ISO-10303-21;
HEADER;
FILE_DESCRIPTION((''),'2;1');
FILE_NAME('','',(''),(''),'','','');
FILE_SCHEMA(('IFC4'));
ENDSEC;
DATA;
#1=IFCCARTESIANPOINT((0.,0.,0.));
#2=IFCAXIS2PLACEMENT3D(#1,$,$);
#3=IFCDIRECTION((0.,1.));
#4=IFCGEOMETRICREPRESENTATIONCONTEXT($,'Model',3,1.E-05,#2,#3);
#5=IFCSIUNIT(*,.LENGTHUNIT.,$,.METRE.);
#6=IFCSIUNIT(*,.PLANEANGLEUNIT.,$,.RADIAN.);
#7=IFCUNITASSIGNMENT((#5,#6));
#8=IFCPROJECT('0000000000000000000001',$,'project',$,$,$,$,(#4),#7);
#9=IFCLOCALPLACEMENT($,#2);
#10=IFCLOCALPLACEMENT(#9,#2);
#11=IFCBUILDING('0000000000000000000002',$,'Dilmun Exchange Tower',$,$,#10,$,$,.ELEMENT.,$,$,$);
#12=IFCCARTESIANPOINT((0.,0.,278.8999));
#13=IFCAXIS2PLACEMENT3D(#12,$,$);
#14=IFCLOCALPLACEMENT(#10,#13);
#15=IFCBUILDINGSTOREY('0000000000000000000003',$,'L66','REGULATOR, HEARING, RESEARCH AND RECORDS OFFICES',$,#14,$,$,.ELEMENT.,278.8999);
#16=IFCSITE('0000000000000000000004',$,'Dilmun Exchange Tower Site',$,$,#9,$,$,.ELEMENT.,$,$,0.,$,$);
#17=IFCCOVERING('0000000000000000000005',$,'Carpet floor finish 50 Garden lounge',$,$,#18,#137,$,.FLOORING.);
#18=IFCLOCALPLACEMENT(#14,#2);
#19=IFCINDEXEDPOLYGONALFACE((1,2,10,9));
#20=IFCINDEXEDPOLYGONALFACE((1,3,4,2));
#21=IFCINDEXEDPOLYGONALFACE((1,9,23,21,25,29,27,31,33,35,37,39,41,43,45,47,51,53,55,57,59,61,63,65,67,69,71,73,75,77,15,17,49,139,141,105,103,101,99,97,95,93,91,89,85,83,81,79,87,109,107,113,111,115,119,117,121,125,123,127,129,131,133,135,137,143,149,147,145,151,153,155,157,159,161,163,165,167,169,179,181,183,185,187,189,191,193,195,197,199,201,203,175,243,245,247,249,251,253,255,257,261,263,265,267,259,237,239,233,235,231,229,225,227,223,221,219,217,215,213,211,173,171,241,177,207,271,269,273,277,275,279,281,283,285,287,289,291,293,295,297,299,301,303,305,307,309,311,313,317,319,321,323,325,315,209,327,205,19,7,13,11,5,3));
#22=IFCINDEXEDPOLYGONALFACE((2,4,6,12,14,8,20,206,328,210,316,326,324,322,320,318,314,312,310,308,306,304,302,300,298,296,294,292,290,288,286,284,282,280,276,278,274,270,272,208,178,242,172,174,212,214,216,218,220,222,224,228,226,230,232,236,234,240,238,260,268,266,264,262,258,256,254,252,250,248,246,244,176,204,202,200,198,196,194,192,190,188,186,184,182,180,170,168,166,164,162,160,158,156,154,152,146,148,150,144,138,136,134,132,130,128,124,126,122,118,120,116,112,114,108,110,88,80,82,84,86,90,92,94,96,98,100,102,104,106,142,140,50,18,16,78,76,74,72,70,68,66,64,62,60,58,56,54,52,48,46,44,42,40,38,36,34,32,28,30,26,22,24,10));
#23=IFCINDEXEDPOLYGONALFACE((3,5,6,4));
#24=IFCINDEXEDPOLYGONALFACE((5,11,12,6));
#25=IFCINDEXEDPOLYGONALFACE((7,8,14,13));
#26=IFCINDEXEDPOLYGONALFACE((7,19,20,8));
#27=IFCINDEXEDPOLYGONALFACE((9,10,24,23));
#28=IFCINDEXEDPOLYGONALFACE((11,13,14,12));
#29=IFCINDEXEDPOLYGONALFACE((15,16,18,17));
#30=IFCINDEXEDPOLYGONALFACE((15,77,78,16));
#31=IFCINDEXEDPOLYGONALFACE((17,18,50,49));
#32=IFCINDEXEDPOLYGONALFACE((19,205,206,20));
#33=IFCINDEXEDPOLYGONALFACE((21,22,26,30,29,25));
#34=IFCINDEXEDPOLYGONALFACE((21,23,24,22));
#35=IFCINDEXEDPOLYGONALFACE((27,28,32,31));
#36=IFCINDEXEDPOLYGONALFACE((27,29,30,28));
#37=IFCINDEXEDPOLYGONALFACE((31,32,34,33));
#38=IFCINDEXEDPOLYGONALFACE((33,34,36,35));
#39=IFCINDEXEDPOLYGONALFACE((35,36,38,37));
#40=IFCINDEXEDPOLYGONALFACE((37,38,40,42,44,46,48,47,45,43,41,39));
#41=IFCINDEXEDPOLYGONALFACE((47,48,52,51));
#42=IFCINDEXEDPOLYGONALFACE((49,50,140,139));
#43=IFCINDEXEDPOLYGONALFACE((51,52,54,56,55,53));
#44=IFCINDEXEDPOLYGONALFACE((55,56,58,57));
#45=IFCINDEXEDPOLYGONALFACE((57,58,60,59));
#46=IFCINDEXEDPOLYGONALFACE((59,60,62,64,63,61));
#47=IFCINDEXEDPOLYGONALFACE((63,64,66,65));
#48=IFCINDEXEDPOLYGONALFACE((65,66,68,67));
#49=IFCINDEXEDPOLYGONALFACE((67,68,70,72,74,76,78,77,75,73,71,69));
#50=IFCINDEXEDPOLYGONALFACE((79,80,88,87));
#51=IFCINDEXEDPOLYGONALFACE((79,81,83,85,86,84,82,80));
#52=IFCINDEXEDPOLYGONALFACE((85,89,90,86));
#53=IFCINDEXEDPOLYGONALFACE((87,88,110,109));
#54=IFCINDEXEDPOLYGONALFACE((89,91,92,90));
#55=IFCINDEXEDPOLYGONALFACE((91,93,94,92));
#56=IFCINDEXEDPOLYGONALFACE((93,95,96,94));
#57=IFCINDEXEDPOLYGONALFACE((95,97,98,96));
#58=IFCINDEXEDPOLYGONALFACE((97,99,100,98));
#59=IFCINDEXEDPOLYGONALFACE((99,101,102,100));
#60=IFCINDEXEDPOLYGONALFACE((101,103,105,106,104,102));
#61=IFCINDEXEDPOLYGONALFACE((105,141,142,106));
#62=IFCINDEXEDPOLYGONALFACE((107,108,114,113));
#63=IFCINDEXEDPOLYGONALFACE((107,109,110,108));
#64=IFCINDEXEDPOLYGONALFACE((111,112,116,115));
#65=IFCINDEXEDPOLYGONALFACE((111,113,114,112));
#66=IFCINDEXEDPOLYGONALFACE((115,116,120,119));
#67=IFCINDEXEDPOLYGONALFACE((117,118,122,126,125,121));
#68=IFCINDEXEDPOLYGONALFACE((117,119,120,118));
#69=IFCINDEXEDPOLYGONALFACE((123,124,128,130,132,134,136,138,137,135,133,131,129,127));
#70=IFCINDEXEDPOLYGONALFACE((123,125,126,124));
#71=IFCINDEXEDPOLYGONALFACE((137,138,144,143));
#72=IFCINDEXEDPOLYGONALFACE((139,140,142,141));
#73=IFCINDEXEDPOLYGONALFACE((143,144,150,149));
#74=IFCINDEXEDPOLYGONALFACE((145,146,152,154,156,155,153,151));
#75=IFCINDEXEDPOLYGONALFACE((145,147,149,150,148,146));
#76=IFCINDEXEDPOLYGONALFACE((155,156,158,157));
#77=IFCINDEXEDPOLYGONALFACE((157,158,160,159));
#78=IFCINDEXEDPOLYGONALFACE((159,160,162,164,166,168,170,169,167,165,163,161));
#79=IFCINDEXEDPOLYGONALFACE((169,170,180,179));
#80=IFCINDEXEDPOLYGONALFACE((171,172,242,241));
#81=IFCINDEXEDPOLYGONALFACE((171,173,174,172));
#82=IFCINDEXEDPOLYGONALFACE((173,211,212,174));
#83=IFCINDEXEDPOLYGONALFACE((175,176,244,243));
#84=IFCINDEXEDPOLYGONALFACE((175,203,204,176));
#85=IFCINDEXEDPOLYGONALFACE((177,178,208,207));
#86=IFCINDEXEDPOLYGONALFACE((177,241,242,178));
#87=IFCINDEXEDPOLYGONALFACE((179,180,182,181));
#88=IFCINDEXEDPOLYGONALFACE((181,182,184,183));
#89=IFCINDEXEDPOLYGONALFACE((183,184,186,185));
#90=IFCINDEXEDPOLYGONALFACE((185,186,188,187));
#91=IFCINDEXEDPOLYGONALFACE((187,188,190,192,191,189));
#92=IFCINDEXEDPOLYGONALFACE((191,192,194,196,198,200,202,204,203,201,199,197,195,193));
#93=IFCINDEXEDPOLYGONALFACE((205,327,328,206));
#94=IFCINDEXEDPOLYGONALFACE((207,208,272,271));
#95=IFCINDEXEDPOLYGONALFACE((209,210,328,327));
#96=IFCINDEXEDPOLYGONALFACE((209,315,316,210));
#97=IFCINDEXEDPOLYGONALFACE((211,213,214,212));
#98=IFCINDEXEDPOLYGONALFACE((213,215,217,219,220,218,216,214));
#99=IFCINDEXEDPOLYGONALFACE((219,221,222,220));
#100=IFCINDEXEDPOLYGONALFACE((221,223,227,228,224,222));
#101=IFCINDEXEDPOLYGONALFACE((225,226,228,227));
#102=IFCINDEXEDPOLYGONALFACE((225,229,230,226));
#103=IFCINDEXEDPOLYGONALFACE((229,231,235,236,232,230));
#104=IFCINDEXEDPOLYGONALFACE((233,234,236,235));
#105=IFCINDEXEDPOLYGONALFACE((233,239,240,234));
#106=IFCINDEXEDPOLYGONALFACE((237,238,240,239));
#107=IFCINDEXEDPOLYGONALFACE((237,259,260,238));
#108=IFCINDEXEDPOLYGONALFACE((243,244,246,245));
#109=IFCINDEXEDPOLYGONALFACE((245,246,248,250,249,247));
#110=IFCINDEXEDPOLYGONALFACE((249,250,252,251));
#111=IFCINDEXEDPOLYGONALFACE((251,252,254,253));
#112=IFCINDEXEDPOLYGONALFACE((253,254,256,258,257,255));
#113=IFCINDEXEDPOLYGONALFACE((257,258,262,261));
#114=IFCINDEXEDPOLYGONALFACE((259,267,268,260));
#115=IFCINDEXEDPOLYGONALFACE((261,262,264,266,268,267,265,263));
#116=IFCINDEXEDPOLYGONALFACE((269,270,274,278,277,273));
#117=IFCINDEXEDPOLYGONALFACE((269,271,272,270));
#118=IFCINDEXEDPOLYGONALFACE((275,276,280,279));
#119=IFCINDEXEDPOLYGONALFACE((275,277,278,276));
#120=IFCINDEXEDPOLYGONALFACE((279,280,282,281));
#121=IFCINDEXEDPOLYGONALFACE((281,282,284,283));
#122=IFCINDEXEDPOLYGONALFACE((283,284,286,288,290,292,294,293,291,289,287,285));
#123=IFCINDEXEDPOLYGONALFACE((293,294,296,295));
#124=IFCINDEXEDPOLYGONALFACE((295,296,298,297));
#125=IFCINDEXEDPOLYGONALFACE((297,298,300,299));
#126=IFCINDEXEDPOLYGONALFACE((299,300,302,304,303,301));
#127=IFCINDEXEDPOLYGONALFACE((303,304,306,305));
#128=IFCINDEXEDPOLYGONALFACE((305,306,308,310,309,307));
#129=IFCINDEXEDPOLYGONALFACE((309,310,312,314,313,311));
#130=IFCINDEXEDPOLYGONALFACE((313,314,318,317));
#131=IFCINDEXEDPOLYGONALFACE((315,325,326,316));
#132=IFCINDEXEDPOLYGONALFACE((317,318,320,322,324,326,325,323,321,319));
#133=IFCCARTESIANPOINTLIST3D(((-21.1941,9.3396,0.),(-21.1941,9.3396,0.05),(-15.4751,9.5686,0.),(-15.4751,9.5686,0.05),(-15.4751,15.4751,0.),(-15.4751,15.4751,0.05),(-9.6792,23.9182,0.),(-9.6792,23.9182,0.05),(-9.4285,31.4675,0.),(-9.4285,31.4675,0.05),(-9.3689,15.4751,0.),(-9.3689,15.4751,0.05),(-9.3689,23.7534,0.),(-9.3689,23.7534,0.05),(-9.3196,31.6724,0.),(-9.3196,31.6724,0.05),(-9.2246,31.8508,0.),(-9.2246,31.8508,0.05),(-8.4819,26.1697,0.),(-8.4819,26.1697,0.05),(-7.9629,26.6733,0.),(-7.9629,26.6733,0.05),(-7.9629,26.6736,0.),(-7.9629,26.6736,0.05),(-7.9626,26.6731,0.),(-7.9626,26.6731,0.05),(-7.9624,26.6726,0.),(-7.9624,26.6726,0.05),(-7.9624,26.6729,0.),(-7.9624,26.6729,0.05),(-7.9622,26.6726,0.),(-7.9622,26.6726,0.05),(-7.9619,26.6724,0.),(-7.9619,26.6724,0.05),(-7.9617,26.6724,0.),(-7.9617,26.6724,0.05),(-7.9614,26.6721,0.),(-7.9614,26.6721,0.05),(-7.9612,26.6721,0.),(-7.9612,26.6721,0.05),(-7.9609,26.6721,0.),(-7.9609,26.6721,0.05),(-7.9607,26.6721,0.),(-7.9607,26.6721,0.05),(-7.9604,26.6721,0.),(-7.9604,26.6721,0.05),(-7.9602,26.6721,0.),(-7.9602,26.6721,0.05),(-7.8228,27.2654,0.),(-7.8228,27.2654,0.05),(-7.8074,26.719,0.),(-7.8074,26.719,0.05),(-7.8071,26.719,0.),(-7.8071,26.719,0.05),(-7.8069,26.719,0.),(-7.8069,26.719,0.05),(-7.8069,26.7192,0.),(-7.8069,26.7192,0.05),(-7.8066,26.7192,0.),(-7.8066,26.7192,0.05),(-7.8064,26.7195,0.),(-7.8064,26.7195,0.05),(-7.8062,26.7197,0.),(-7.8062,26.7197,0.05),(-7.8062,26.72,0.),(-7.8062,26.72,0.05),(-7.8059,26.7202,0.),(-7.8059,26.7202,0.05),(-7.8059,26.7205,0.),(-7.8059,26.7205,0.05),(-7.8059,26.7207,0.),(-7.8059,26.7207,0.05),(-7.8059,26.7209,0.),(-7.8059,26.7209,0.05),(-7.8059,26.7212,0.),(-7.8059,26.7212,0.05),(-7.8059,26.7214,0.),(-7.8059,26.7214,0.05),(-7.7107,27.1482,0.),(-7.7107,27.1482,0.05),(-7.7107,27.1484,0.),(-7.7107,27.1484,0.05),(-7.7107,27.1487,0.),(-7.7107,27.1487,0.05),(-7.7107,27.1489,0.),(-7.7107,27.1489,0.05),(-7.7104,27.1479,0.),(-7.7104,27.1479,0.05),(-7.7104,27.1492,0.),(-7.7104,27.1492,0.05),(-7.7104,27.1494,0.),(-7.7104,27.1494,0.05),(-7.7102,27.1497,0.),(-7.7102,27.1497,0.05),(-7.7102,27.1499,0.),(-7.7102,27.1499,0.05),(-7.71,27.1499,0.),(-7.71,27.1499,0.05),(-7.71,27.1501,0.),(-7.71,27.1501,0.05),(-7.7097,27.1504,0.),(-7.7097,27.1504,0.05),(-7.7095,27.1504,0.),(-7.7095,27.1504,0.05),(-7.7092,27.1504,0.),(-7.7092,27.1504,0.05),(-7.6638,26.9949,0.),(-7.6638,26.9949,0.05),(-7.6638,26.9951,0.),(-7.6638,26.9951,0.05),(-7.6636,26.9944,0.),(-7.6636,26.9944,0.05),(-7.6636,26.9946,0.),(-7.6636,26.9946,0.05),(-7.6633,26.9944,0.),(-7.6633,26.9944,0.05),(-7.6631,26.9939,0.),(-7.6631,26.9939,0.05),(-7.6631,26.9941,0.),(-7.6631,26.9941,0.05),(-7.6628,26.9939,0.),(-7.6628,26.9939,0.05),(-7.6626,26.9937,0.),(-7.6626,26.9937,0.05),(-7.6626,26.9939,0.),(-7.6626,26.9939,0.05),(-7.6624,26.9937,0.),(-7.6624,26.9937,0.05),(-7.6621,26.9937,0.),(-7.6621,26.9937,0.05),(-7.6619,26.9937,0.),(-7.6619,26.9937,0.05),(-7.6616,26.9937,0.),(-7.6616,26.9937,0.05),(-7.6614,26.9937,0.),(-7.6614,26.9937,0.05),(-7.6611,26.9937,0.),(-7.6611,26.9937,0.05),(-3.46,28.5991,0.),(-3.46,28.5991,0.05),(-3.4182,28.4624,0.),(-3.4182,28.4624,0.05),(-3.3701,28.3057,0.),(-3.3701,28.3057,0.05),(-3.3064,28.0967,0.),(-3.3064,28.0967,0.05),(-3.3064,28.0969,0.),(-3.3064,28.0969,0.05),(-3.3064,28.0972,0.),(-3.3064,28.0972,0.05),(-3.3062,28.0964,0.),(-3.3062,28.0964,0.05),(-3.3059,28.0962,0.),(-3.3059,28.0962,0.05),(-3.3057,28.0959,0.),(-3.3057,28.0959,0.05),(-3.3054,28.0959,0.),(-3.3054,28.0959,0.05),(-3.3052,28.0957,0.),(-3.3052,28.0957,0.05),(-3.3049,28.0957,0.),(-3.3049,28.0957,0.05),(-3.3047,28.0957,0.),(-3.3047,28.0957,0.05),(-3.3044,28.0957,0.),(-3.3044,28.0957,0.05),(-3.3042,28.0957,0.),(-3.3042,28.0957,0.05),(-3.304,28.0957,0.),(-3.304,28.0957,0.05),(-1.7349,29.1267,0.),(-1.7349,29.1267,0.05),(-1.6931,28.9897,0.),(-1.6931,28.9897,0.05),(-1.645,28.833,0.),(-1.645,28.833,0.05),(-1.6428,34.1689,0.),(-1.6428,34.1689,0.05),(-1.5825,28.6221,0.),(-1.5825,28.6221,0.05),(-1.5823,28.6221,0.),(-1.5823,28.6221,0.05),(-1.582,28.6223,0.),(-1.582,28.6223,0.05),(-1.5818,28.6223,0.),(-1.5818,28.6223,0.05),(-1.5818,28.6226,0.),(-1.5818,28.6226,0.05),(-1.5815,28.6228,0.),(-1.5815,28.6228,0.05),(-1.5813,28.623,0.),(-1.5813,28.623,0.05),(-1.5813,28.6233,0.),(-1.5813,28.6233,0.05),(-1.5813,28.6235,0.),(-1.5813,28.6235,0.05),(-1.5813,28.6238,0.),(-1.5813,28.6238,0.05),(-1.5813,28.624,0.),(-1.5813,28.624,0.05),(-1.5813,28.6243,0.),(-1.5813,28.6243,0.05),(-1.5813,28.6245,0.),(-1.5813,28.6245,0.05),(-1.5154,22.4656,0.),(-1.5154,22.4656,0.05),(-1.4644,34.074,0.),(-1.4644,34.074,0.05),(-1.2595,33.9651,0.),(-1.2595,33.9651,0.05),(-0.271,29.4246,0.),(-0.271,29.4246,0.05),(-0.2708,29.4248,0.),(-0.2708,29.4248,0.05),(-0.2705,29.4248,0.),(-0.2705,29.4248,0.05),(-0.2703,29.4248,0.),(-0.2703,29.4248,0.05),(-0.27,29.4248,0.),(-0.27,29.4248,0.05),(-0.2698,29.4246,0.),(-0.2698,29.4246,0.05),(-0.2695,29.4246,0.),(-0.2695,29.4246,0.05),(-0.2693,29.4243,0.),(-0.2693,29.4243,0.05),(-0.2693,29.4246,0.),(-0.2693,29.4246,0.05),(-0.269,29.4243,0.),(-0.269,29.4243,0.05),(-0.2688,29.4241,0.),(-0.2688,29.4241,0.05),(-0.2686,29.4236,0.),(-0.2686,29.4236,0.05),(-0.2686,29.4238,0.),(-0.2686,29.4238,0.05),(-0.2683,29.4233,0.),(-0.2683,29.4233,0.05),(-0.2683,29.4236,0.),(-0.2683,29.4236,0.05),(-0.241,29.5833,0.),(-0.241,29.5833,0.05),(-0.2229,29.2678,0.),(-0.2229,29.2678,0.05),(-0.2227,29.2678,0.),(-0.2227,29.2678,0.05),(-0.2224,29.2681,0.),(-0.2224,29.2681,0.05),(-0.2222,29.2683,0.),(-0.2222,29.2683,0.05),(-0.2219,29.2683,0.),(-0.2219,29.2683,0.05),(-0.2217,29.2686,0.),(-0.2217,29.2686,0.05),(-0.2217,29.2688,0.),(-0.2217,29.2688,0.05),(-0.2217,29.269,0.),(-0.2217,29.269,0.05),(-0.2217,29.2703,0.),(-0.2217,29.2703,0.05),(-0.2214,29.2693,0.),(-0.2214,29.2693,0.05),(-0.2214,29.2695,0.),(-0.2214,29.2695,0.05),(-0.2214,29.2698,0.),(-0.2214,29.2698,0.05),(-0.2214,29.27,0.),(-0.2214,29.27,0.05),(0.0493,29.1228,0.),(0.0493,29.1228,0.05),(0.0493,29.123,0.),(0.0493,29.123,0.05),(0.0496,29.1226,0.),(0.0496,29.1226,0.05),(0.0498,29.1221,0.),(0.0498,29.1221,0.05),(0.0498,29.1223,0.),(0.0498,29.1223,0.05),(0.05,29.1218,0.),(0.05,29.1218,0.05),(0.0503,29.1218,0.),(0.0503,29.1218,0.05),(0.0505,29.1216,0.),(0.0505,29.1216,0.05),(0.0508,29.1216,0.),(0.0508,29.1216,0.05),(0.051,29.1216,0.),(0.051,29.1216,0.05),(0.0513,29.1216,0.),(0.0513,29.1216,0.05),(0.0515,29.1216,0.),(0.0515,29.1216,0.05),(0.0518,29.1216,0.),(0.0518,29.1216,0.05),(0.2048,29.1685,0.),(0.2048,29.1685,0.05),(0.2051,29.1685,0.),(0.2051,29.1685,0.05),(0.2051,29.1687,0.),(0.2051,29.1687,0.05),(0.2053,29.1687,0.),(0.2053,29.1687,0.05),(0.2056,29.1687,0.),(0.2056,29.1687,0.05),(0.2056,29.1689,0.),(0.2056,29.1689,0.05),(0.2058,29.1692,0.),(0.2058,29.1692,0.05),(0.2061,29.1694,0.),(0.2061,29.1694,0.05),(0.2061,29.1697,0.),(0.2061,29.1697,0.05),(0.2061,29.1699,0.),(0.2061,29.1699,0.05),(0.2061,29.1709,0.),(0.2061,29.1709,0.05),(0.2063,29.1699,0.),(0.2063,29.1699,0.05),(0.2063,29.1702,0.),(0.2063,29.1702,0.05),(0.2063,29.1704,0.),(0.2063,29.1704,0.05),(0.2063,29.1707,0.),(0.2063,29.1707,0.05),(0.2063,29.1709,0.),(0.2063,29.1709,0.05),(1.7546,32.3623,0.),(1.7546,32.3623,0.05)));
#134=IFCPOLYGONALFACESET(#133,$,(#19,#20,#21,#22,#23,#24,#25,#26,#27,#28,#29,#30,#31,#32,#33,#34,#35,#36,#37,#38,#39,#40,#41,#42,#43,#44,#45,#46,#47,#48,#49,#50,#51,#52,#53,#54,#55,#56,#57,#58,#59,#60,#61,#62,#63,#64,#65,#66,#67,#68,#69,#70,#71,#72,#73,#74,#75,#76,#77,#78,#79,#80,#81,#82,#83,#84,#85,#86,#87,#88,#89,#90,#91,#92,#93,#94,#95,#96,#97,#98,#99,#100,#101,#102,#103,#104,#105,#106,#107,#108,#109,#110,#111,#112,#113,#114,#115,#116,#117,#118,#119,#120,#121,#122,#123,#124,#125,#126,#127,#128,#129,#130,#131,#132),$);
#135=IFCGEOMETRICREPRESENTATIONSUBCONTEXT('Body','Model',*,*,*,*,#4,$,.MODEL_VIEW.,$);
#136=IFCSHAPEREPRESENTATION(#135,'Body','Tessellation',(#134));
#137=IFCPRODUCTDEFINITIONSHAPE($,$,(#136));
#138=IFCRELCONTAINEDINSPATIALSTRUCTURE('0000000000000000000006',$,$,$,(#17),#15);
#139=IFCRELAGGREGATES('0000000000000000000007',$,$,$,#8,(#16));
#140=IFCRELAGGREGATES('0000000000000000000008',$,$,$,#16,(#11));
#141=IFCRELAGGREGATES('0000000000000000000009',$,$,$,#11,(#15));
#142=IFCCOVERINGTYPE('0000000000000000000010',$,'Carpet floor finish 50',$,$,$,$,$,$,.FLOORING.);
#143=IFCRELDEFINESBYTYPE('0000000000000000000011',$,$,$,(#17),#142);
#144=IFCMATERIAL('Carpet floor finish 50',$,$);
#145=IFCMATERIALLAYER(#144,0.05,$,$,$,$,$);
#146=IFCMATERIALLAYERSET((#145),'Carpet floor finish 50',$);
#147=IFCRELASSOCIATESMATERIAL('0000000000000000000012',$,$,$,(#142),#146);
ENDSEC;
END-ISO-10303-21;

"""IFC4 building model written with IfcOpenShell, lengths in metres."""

from ifc_helpers import new_model, si_unit, direction, frame, origin, place, context, subcontext, project, spatial, polyline, outline, extrude, material, layer, layer_set, type_object, element, save


model = new_model("IFC4")

# Units and contexts
model_context = context("Model", 3, precision=1e-05, world=origin(), true_north=direction((0.0, 1.0)))
body_context = subcontext(model_context, "Body", "Model", "MODEL_VIEW")
ifc_project = project(units=[si_unit("LENGTHUNIT", "METRE"), si_unit("PLANEANGLEUNIT", "RADIAN")], contexts=[model_context])

# Site, building, storey
site_placement = place(None, origin())
site = spatial("IfcSite", under=ifc_project, at=site_placement, Name="Dilmun Exchange Tower Site", CompositionType="ELEMENT", RefElevation=0.0)
building_placement = place(site_placement, origin())
building = spatial("IfcBuilding", under=site, at=building_placement, Name="Dilmun Exchange Tower", CompositionType="ELEMENT")
storey_placement = place(building_placement, frame((0.0, 0.0, 278.8999)))
storey = spatial("IfcBuildingStorey", under=building, at=storey_placement, Name="L66", Description="REGULATOR, HEARING, RESEARCH AND RECORDS OFFICES", CompositionType="ELEMENT", Elevation=278.8999)

# Covering
ifc_material_1 = material(Name="Carpet floor finish 50")
ifc_layer_1 = layer(ifc_material_1, 0.05)
ifc_layer_set_1 = layer_set([ifc_layer_1], Name="Carpet floor finish 50")
covering_type_1 = type_object("IfcCoveringType", Name="Carpet floor finish 50", PredefinedType="FLOORING", material=ifc_layer_set_1)
covering_1_placement = place(storey_placement, origin())
element("IfcCovering", 1, at=covering_1_placement, inside=storey, type_object=covering_type_1, Name="Carpet floor finish 50 Garden lounge", PredefinedType="FLOORING", context=body_context, shape_type="SweptSolid", body=[
    extrude(outline(polyline([(-9.3689, 15.4751), (-15.4751, 15.4751), (-15.4751, 9.5686), (-21.1941, 9.3396), (-9.4285, 31.4675), (-7.9629, 26.6736), (-7.9629, 26.6733), (-7.9626, 26.6731), (-7.9626, 26.6731), (-7.9624, 26.6729), (-7.9624, 26.6726), (-7.9622, 26.6726), (-7.9619, 26.6724), (-7.9619, 26.6724), (-7.9617, 26.6724), (-7.9614, 26.6721), (-7.9612, 26.6721), (-7.9612, 26.6721), (-7.9609, 26.6721), (-7.9607, 26.6721), (-7.9604, 26.6721), (-7.9602, 26.6721), (-7.8074, 26.719), (-7.8071, 26.719), (-7.8069, 26.719), (-7.8069, 26.7192), (-7.8066, 26.7192), (-7.8064, 26.7195), (-7.8064, 26.7195), (-7.8062, 26.7197), (-7.8062, 26.72), (-7.8059, 26.7202), (-7.8059, 26.7202), (-7.8059, 26.7205), (-7.8059, 26.7207), (-7.8059, 26.7209), (-7.8059, 26.7212), (-7.8059, 26.7212), (-7.8059, 26.7214), (-9.3196, 31.6724), (-9.2246, 31.8508), (-7.8228, 27.2654), (-3.46, 28.5991), (-3.4182, 28.4624), (-7.7092, 27.1504), (-7.7095, 27.1504), (-7.7095, 27.1504), (-7.7097, 27.1504), (-7.71, 27.1501), (-7.71, 27.1499), (-7.7102, 27.1499), (-7.7102, 27.1497), (-7.7104, 27.1494), (-7.7104, 27.1494), (-7.7104, 27.1492), (-7.7107, 27.1489), (-7.7107, 27.1487), (-7.7107, 27.1487), (-7.7107, 27.1484), (-7.7107, 27.1482), (-7.7104, 27.1479), (-7.6638, 26.9951), (-7.6638, 26.9949), (-7.6636, 26.9946), (-7.6636, 26.9944), (-7.6633, 26.9944), (-7.6631, 26.9941), (-7.6631, 26.9939), (-7.6628, 26.9939), (-7.6626, 26.9939), (-7.6626, 26.9937), (-7.6624, 26.9937), (-7.6621, 26.9937), (-7.6621, 26.9937), (-7.6619, 26.9937), (-7.6616, 26.9937), (-7.6614, 26.9937), (-7.6611, 26.9937), (-3.3701, 28.3057), (-3.3064, 28.0972), (-3.3064, 28.0969), (-3.3064, 28.0967), (-3.3064, 28.0967), (-3.3062, 28.0964), (-3.3059, 28.0962), (-3.3059, 28.0962), (-3.3057, 28.0959), (-3.3054, 28.0959), (-3.3054, 28.0959), (-3.3052, 28.0957), (-3.3049, 28.0957), (-3.3047, 28.0957), (-3.3047, 28.0957), (-3.3044, 28.0957), (-3.3042, 28.0957), (-3.304, 28.0957), (-1.5825, 28.6221), (-1.5825, 28.6221), (-1.5823, 28.6221), (-1.582, 28.6223), (-1.5818, 28.6223), (-1.5818, 28.6226), (-1.5818, 28.6226), (-1.5815, 28.6228), (-1.5813, 28.623), (-1.5813, 28.623), (-1.5813, 28.6233), (-1.5813, 28.6235), (-1.5813, 28.6238), (-1.5813, 28.6238), (-1.5813, 28.624), (-1.5813, 28.6243), (-1.5813, 28.6245), (-1.645, 28.833), (-0.2229, 29.2678), (-0.2227, 29.2678), (-0.2227, 29.2678), (-0.2224, 29.2681), (-0.2222, 29.2683), (-0.2222, 29.2683), (-0.2219, 29.2683), (-0.2217, 29.2686), (-0.2217, 29.2688), (-0.2217, 29.2688), (-0.2217, 29.269), (-0.2214, 29.2693), (-0.2214, 29.2695), (-0.2214, 29.2698), (-0.2214, 29.27), (-0.2214, 29.27), (-0.2217, 29.2703), (-0.2683, 29.4233), (-0.2683, 29.4236), (-0.2686, 29.4236), (-0.2686, 29.4238), (-0.2688, 29.4241), (-0.2688, 29.4241), (-0.269, 29.4243), (-0.2693, 29.4243), (-0.2693, 29.4246), (-0.2695, 29.4246), (-0.2698, 29.4246), (-0.27, 29.4248), (-0.27, 29.4248), (-0.2703, 29.4248), (-0.2705, 29.4248), (-0.2708, 29.4248), (-0.271, 29.4246), (-1.6931, 28.9897), (-1.7349, 29.1267), (-0.241, 29.5833), (-1.6428, 34.1689), (-1.4644, 34.074), (0.0493, 29.123), (0.0493, 29.1228), (0.0493, 29.1228), (0.0496, 29.1226), (0.0498, 29.1223), (0.0498, 29.1223), (0.0498, 29.1221), (0.05, 29.1218), (0.0503, 29.1218), (0.0503, 29.1218), (0.0505, 29.1216), (0.0508, 29.1216), (0.051, 29.1216), (0.0513, 29.1216), (0.0515, 29.1216), (0.0515, 29.1216), (0.0518, 29.1216), (0.2048, 29.1685), (0.2051, 29.1685), (0.2051, 29.1687), (0.2053, 29.1687), (0.2056, 29.1687), (0.2056, 29.1689), (0.2058, 29.1692), (0.2058, 29.1692), (0.2061, 29.1694), (0.2061, 29.1697), (0.2061, 29.1699), (0.2063, 29.1699), (0.2063, 29.1702), (0.2063, 29.1704), (0.2063, 29.1707), (0.2063, 29.1709), (0.2061, 29.1709), (-1.2595, 33.9651), (1.7546, 32.3623), (-1.5154, 22.4656), (-8.4819, 26.1697), (-9.6792, 23.9182), (-9.3689, 23.7534), (-9.3689, 15.4751)])), origin(), (0.0, 0.0, 1.0), 0.05),
])

save(model, "model.ifc")
